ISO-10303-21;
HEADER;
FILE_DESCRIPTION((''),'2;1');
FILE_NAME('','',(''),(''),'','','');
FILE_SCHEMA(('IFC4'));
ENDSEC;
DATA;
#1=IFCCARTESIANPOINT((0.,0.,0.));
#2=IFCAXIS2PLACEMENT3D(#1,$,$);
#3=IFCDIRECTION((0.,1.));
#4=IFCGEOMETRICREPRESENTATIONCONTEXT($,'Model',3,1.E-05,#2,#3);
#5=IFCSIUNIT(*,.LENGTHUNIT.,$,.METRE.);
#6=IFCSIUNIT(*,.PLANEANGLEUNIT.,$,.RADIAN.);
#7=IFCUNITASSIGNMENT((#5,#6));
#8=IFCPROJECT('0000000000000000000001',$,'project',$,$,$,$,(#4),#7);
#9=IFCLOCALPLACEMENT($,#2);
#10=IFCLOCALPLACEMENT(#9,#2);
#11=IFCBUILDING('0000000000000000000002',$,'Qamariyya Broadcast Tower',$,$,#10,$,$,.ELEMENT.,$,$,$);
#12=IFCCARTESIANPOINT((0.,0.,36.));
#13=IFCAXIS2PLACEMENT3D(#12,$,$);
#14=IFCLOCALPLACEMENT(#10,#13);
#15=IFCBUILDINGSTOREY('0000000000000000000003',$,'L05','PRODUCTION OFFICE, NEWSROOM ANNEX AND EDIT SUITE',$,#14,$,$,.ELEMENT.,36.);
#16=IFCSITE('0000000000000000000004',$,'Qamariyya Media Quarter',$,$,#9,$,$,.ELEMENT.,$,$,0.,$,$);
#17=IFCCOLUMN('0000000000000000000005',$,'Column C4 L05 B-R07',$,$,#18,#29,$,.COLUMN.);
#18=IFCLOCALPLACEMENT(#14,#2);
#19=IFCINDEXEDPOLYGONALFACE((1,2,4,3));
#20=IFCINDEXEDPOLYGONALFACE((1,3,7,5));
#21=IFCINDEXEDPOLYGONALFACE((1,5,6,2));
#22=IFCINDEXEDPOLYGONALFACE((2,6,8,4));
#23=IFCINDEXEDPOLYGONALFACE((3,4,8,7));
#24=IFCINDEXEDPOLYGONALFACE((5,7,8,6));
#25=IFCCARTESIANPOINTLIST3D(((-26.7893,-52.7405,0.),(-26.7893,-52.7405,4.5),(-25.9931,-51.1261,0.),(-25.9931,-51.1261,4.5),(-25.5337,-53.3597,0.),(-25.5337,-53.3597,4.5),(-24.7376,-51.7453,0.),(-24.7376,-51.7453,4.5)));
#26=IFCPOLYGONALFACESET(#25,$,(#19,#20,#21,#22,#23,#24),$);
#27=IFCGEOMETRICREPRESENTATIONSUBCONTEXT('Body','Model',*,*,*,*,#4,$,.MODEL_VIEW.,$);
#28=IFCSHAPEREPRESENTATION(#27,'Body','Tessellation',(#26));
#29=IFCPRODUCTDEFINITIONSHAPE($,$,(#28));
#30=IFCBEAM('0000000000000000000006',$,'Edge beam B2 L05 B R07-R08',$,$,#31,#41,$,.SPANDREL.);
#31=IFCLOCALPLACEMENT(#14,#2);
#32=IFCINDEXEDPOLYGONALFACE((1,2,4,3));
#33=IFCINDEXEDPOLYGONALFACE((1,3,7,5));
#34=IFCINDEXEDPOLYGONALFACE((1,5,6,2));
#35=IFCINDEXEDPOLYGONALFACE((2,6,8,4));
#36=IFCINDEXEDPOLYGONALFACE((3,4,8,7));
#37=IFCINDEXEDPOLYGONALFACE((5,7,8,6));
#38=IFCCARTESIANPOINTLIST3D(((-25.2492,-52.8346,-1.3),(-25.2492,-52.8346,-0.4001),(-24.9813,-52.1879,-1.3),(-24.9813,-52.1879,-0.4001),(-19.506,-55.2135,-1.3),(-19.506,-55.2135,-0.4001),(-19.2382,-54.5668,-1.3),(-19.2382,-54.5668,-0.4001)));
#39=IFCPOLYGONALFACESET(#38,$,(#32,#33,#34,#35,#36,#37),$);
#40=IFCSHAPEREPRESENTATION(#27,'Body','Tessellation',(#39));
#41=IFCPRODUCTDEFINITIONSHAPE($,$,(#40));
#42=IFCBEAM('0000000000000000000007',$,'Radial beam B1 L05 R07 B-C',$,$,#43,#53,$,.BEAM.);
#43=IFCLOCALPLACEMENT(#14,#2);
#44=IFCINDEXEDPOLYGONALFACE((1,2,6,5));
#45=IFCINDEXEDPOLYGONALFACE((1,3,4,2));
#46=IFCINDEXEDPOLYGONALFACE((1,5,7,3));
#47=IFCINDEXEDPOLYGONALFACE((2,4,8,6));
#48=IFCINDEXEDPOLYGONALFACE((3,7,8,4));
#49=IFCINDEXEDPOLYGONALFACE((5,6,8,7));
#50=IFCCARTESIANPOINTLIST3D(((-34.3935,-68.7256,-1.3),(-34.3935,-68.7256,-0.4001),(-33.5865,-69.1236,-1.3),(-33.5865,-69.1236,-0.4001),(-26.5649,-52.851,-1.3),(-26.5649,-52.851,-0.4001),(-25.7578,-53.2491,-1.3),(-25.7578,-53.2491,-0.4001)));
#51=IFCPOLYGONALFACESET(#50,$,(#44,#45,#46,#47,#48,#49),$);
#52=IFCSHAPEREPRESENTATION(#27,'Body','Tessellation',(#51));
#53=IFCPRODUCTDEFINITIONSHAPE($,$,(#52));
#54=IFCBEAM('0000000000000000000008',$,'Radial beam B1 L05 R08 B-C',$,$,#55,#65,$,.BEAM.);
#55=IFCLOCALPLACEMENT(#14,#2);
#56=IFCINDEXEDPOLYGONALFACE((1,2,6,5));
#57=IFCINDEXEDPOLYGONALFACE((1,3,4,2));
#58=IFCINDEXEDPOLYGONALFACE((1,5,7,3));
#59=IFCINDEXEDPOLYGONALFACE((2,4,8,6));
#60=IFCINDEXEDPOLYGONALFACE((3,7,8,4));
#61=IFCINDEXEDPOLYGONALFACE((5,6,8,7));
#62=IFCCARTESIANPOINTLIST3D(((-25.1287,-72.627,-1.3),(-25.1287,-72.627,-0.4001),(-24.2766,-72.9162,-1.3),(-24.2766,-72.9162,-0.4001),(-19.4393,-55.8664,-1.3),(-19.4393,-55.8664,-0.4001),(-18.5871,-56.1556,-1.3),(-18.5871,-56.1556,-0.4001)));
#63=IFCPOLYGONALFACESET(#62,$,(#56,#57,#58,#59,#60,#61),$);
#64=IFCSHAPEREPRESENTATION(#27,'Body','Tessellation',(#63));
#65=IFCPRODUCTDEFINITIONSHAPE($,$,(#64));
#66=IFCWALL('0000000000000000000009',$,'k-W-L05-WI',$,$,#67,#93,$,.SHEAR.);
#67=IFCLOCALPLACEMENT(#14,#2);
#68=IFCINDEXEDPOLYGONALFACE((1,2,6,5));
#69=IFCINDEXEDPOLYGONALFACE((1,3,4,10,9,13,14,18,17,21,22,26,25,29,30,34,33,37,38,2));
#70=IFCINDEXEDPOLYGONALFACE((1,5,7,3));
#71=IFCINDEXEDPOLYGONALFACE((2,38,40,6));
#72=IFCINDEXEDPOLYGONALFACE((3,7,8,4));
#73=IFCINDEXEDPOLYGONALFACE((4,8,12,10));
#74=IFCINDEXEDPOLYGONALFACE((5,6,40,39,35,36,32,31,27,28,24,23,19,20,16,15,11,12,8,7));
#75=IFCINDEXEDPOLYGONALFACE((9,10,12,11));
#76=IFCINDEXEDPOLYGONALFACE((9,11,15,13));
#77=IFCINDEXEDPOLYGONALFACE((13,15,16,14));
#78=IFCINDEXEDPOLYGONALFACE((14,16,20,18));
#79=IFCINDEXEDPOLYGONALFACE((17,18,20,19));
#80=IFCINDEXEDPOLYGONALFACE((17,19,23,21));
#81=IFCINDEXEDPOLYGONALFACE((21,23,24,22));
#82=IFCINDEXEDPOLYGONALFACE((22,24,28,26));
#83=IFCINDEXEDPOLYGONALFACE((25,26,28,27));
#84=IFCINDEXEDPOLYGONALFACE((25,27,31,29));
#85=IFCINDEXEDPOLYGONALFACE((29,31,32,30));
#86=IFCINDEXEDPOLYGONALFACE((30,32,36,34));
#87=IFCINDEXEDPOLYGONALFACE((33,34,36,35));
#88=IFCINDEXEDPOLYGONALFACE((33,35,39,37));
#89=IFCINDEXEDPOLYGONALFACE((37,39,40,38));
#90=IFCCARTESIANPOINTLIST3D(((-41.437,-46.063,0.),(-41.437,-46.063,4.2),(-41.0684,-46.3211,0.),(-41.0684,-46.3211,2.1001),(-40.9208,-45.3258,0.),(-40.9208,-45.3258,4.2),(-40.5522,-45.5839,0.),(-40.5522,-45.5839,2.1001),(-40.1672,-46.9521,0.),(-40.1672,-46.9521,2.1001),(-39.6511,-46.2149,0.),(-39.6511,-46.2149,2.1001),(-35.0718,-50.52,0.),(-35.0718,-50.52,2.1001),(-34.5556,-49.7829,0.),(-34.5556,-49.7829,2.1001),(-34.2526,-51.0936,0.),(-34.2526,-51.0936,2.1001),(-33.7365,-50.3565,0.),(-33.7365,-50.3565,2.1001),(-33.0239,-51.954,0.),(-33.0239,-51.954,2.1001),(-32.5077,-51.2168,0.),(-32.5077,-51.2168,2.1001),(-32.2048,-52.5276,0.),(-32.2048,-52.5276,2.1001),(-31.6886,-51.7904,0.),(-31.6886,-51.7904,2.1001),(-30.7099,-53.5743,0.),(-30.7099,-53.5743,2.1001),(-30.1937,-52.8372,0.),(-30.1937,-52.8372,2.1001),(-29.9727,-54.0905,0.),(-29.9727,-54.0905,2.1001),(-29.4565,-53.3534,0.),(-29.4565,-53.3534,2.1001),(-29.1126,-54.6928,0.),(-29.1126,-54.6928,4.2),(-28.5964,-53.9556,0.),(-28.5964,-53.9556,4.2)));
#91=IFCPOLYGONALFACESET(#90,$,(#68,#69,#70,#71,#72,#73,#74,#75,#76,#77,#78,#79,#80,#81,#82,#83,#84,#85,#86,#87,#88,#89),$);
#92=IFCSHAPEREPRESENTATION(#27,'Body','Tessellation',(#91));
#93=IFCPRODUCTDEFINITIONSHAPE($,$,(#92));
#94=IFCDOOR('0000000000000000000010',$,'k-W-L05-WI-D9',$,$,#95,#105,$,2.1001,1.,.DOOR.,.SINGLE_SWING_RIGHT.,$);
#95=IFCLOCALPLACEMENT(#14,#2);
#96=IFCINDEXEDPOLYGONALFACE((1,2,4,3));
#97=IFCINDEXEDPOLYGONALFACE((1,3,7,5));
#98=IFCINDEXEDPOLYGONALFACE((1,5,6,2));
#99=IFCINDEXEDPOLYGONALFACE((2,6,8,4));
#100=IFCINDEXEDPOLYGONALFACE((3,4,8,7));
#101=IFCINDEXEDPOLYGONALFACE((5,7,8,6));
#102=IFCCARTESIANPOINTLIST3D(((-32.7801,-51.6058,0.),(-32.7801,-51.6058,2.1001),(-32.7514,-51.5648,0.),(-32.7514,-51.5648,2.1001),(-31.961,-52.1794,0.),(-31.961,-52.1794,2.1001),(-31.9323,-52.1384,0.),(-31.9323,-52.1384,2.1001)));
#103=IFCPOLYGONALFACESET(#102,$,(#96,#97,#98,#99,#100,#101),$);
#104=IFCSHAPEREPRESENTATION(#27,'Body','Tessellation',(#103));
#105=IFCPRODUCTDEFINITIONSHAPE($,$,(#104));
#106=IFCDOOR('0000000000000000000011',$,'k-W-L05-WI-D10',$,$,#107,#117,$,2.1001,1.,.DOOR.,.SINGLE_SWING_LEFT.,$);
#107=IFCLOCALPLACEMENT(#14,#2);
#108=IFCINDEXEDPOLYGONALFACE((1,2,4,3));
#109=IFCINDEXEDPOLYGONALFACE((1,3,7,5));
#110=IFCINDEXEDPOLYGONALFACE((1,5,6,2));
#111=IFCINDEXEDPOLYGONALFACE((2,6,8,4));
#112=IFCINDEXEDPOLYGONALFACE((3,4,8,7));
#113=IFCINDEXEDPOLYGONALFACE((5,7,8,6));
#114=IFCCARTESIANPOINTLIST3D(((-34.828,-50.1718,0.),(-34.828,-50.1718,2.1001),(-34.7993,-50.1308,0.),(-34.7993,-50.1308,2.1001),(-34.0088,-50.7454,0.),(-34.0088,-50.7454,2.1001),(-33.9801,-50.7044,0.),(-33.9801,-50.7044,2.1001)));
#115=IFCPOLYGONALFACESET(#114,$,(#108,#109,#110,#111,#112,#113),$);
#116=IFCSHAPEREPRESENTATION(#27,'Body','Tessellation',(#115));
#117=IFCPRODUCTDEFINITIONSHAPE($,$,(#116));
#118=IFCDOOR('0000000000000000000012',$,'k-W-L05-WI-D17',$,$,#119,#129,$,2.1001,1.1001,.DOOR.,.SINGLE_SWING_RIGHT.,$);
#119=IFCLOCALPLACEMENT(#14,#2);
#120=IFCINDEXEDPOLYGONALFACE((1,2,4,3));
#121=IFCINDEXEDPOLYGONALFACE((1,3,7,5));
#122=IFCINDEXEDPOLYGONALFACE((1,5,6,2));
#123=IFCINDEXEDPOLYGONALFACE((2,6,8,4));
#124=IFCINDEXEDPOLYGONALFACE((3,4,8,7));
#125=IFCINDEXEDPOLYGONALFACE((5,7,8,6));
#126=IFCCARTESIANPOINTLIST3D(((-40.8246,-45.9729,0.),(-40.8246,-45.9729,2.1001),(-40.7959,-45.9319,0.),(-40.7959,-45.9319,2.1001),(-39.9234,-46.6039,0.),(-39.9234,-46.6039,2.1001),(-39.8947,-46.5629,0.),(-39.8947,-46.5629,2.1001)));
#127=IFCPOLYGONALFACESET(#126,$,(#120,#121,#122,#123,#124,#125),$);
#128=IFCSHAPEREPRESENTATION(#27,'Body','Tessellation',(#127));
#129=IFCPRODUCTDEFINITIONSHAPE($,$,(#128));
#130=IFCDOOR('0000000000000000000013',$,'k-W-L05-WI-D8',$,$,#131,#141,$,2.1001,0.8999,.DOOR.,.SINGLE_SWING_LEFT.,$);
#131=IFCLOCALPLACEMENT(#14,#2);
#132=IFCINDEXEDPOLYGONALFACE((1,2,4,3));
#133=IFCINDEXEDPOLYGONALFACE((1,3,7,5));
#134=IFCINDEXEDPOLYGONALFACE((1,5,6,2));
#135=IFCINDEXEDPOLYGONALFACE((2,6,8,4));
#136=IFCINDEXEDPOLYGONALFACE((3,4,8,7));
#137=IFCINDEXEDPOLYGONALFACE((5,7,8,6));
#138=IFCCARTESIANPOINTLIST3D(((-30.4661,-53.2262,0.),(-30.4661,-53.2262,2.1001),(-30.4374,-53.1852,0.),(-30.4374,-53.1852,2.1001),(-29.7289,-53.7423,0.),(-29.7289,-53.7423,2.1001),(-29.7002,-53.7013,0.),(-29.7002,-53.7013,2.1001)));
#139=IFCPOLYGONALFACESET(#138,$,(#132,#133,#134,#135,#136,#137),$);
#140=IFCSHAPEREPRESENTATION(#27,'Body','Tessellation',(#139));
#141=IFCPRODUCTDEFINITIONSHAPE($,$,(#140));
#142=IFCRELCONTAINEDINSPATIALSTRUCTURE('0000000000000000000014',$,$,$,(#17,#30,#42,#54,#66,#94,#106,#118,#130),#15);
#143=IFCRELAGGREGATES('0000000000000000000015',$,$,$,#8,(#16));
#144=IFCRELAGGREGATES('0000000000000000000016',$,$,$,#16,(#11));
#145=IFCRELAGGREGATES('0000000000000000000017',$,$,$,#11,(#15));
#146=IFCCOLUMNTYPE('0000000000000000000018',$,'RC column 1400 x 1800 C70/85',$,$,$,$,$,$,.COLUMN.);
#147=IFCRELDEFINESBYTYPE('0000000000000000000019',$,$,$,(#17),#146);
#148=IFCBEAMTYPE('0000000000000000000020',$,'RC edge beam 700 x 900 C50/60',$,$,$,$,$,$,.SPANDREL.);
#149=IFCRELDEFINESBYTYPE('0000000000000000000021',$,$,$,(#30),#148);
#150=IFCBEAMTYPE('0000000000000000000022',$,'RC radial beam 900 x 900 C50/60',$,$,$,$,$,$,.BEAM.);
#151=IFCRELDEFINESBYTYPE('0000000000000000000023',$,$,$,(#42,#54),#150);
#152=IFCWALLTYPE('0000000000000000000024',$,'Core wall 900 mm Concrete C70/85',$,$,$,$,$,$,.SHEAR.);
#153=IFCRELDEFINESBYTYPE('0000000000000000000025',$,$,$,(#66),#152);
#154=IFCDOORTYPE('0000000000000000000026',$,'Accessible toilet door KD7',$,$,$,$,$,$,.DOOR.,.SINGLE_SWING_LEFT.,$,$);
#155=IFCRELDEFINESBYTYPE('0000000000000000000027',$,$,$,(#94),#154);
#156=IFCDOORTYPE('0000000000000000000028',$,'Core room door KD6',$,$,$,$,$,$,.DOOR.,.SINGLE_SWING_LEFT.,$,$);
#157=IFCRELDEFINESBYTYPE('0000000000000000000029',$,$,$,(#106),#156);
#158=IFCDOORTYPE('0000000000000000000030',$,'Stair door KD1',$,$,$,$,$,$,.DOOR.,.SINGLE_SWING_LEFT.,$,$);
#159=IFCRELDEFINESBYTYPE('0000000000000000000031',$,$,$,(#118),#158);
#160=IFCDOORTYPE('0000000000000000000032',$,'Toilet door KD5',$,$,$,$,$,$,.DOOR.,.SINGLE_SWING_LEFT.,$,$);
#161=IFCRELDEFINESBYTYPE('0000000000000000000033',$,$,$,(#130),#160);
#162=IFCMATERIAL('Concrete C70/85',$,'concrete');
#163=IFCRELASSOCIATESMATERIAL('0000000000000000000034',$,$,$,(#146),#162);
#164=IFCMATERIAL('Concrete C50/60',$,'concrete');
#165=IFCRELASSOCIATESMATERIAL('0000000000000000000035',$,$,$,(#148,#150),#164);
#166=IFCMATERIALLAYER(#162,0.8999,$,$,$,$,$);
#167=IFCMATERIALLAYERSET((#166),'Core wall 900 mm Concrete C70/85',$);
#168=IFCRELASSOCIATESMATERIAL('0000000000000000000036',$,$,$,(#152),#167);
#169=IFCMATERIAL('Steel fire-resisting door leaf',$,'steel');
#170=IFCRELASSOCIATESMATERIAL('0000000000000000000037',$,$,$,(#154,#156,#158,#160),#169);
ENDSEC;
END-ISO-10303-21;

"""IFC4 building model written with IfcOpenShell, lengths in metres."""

from ifc_helpers import new_model, si_unit, direction, frame, frame_2d, origin, origin_2d, place, context, subcontext, project, spatial, rectangle, extrude, material, layer, layer_set, material_profile, profile_set, type_object, element, fill, save


model = new_model("IFC4")

# Units and contexts
model_context = context("Model", 3, precision=1e-05, world=origin(), true_north=direction((0.0, 1.0)))
body_context = subcontext(model_context, "Body", "Model", "MODEL_VIEW")
ifc_project = project(units=[si_unit("LENGTHUNIT", "METRE"), si_unit("PLANEANGLEUNIT", "RADIAN")], contexts=[model_context])

# Site, building, storey
site_placement = place(None, origin())
site = spatial("IfcSite", under=ifc_project, at=site_placement, Name="Qamariyya Media Quarter", CompositionType="ELEMENT", RefElevation=0.0)
building_placement = place(site_placement, origin())
building = spatial("IfcBuilding", under=site, at=building_placement, Name="Qamariyya Broadcast Tower", CompositionType="ELEMENT")
storey_placement = place(building_placement, frame((0.0, 0.0, 36.0)))
storey = spatial("IfcBuildingStorey", under=building, at=storey_placement, Name="L05", Description="PRODUCTION OFFICE, NEWSROOM ANNEX AND EDIT SUITE", CompositionType="ELEMENT", Elevation=36.0)

# Column
ifc_material_1 = material(Name="Concrete C70/85", Category="concrete")
ifc_material_profile_1 = material_profile(ifc_material_1, rectangle(XDim=1.3999, YDim=1.8, at=origin_2d()))
ifc_profile_set_1 = profile_set([ifc_material_profile_1], Name="Concrete C70/85")
column_type = type_object("IfcColumnType", Name="RC column 1400 x 1800 C70/85", PredefinedType="COLUMN", material=ifc_profile_set_1)
column_placement = place(storey_placement, frame((-25.7634, -52.2429, 0.0), z_axis=(0.0, 0.0, 1.0), x_axis=(0.896873, -0.442289, 0.0)))
element("IfcColumn", 1, at=column_placement, inside=storey, type_object=column_type, Name="Column C4 L05 B-R07", PredefinedType="COLUMN", context=body_context, shape_type="SweptSolid", body=[
    extrude(rectangle(XDim=1.3999, YDim=1.8, at=origin_2d()), origin(), (0.0, 0.0, 1.0), 4.5),
])

# Beams
ifc_material_2 = material(Name="Concrete C50/60", Category="concrete")
ifc_material_profile_2 = material_profile(ifc_material_2, rectangle(XDim=0.7, YDim=0.8999, at=origin_2d()))
ifc_profile_set_2 = profile_set([ifc_material_profile_2], Name="Concrete C50/60")
beam_type_1 = type_object("IfcBeamType", Name="RC edge beam 700 x 900 C50/60", PredefinedType="SPANDREL", material=ifc_profile_set_2)
beam_placement = place(storey_placement, frame((-25.1152, -52.5112, -0.8501), z_axis=(0.923879, -0.382685, 0.0), x_axis=(0.382685, 0.923879, 0.0)))
element("IfcBeam", 2, at=beam_placement, inside=storey, type_object=beam_type_1, Name="Edge beam B2 L05 B R07-R08", PredefinedType="SPANDREL", context=body_context, shape_type="SweptSolid", body=[
    extrude(rectangle(XDim=0.7, YDim=0.8999, at=origin_2d()), origin(), (0.0, 0.0, 1.0), 6.2163),
])
ifc_material_profile_3 = material_profile(ifc_material_2, rectangle(XDim=0.8999, YDim=0.8999, at=origin_2d()))
ifc_profile_set_3 = profile_set([ifc_material_profile_3], Name="Concrete C50/60")
beam_type_2 = type_object("IfcBeamType", Name="RC radial beam 900 x 900 C50/60", PredefinedType="BEAM", material=ifc_profile_set_3)
for number, where, z_axis, x_axis, name in (
    (3, (-26.1614, -53.05, -0.8501), (-0.442296, -0.896869, 0.0), (0.896869, -0.442296, 0.0), "Radial beam B1 L05 R07 B-C"),
    (4, (-19.0132, -56.011, -0.8501), (-0.321441, -0.94693, 0.0), (0.94693, -0.321441, 0.0), "Radial beam B1 L05 R08 B-C"),
):
    element("IfcBeam", number, at=place(storey_placement, frame(where, z_axis=z_axis, x_axis=x_axis)), inside=storey, type_object=beam_type_2, Name=name, PredefinedType="BEAM", context=body_context, shape_type="SweptSolid", body=[
        extrude(rectangle(XDim=0.8999, YDim=0.8999, at=origin_2d()), origin(), (0.0, 0.0, 1.0), 17.7),
    ])

# Wall, openings, doors
ifc_layer_1 = layer(ifc_material_1, 0.8999)
ifc_layer_set_1 = layer_set([ifc_layer_1], Name="Core wall 900 mm Concrete C70/85")
wall_type_1 = type_object("IfcWallType", Name="Core wall 900 mm Concrete C70/85", PredefinedType="SHEAR", material=ifc_layer_set_1)
wall_1_placement = place(storey_placement, frame((-28.8545, -54.3242, 0.0), z_axis=(0.0, 0.0, 1.0), x_axis=(-0.819146, 0.573585, 0.0)))
wall_1 = element("IfcWall", 5, at=wall_1_placement, inside=storey, type_object=wall_type_1, Name="k-W-L05-WI", PredefinedType="SHEAR", context=body_context, shape_type="SweptSolid", body=[
    extrude(rectangle(XDim=15.0454, YDim=0.8999, at=frame_2d((7.5227, 0.0))), origin(), (0.0, 0.0, 1.0), 4.2),
])
opening_1_placement = place(wall_1_placement, frame((1.05, 0.0, 0.0)))
opening_1 = element("IfcOpeningElement", 6, at=opening_1_placement, cuts=wall_1, PredefinedType="OPENING", context=body_context, shape_type="SweptSolid", body=[
    extrude(rectangle(XDim=0.8999, YDim=2.1001, at=frame_2d((0.45, 1.05))), frame((0.0, 0.46, 0.0), z_axis=(0.0, -1.0, 0.0), x_axis=(1.0, 0.0, 0.0)), (0.0, 0.0, 1.0), 0.9199),
])
opening_2_placement = place(wall_1_placement, frame((3.7749, 0.0, 0.0)))
opening_2 = element("IfcOpeningElement", 7, at=opening_2_placement, cuts=wall_1, PredefinedType="OPENING", context=body_context, shape_type="SweptSolid", body=[
    extrude(rectangle(XDim=1.0, YDim=2.1001, at=frame_2d((0.5, 1.05))), frame((0.0, 0.46, 0.0), z_axis=(0.0, -1.0, 0.0), x_axis=(1.0, 0.0, 0.0)), (0.0, 0.0, 1.0), 0.9199),
])
opening_3_placement = place(wall_1_placement, frame((6.2749, 0.0, 0.0)))
opening_3 = element("IfcOpeningElement", 8, at=opening_3_placement, cuts=wall_1, PredefinedType="OPENING", context=body_context, shape_type="SweptSolid", body=[
    extrude(rectangle(XDim=1.0, YDim=2.1001, at=frame_2d((0.5, 1.05))), frame((0.0, 0.46, 0.0), z_axis=(0.0, -1.0, 0.0), x_axis=(1.0, 0.0, 0.0)), (0.0, 0.0, 1.0), 0.9199),
])
opening_4_placement = place(wall_1_placement, frame((13.4954, 0.0, 0.0)))
opening_4 = element("IfcOpeningElement", 9, at=opening_4_placement, cuts=wall_1, PredefinedType="OPENING", context=body_context, shape_type="SweptSolid", body=[
    extrude(rectangle(XDim=1.1001, YDim=2.1001, at=frame_2d((0.55, 1.05))), frame((0.0, 0.46, 0.0), z_axis=(0.0, -1.0, 0.0), x_axis=(1.0, 0.0, 0.0)), (0.0, 0.0, 1.0), 0.9199),
])
ifc_material_3 = material(Name="Steel fire-resisting door leaf", Category="steel")
door_type_1 = type_object("IfcDoorType", Name="Accessible toilet door KD7", OperationType="SINGLE_SWING_LEFT", PredefinedType="DOOR", material=ifc_material_3)
door_1_placement = place(opening_2_placement, origin())
door_1 = element("IfcDoor", 10, at=door_1_placement, inside=storey, type_object=door_type_1, Name="k-W-L05-WI-D9", OperationType="SINGLE_SWING_RIGHT", OverallHeight=2.1001, OverallWidth=1.0, PredefinedType="DOOR", context=body_context, shape_type="SweptSolid", body=[
    extrude(rectangle(XDim=1.0, YDim=2.1001, at=frame_2d((0.5, 1.05))), frame((0.0, 0.0249, 0.0), z_axis=(0.0, -1.0, 0.0), x_axis=(1.0, 0.0, 0.0)), (0.0, 0.0, 1.0), 0.05),
])
fill(opening_2, door_1)
door_type_2 = type_object("IfcDoorType", Name="Core room door KD6", OperationType="SINGLE_SWING_LEFT", PredefinedType="DOOR", material=ifc_material_3)
door_2_placement = place(opening_3_placement, origin())
door_2 = element("IfcDoor", 11, at=door_2_placement, inside=storey, type_object=door_type_2, Name="k-W-L05-WI-D10", OperationType="SINGLE_SWING_LEFT", OverallHeight=2.1001, OverallWidth=1.0, PredefinedType="DOOR", context=body_context, shape_type="SweptSolid", body=[
    extrude(rectangle(XDim=1.0, YDim=2.1001, at=frame_2d((0.5, 1.05))), frame((0.0, 0.0249, 0.0), z_axis=(0.0, -1.0, 0.0), x_axis=(1.0, 0.0, 0.0)), (0.0, 0.0, 1.0), 0.05),
])
fill(opening_3, door_2)
door_type_3 = type_object("IfcDoorType", Name="Stair door KD1", OperationType="SINGLE_SWING_LEFT", PredefinedType="DOOR", material=ifc_material_3)
door_3_placement = place(opening_4_placement, origin())
door_3 = element("IfcDoor", 12, at=door_3_placement, inside=storey, type_object=door_type_3, Name="k-W-L05-WI-D17", OperationType="SINGLE_SWING_RIGHT", OverallHeight=2.1001, OverallWidth=1.1001, PredefinedType="DOOR", context=body_context, shape_type="SweptSolid", body=[
    extrude(rectangle(XDim=1.1001, YDim=2.1001, at=frame_2d((0.55, 1.05))), frame((0.0, 0.0249, 0.0), z_axis=(0.0, -1.0, 0.0), x_axis=(1.0, 0.0, 0.0)), (0.0, 0.0, 1.0), 0.05),
])
fill(opening_4, door_3)
door_type_4 = type_object("IfcDoorType", Name="Toilet door KD5", OperationType="SINGLE_SWING_LEFT", PredefinedType="DOOR", material=ifc_material_3)
door_4_placement = place(opening_1_placement, origin())
door_4 = element("IfcDoor", 13, at=door_4_placement, inside=storey, type_object=door_type_4, Name="k-W-L05-WI-D8", OperationType="SINGLE_SWING_LEFT", OverallHeight=2.1001, OverallWidth=0.8999, PredefinedType="DOOR", context=body_context, shape_type="SweptSolid", body=[
    extrude(rectangle(XDim=0.8999, YDim=2.1001, at=frame_2d((0.45, 1.05))), frame((0.0, 0.0249, 0.0), z_axis=(0.0, -1.0, 0.0), x_axis=(1.0, 0.0, 0.0)), (0.0, 0.0, 1.0), 0.05),
])
fill(opening_1, door_4)

save(model, "model.ifc")
